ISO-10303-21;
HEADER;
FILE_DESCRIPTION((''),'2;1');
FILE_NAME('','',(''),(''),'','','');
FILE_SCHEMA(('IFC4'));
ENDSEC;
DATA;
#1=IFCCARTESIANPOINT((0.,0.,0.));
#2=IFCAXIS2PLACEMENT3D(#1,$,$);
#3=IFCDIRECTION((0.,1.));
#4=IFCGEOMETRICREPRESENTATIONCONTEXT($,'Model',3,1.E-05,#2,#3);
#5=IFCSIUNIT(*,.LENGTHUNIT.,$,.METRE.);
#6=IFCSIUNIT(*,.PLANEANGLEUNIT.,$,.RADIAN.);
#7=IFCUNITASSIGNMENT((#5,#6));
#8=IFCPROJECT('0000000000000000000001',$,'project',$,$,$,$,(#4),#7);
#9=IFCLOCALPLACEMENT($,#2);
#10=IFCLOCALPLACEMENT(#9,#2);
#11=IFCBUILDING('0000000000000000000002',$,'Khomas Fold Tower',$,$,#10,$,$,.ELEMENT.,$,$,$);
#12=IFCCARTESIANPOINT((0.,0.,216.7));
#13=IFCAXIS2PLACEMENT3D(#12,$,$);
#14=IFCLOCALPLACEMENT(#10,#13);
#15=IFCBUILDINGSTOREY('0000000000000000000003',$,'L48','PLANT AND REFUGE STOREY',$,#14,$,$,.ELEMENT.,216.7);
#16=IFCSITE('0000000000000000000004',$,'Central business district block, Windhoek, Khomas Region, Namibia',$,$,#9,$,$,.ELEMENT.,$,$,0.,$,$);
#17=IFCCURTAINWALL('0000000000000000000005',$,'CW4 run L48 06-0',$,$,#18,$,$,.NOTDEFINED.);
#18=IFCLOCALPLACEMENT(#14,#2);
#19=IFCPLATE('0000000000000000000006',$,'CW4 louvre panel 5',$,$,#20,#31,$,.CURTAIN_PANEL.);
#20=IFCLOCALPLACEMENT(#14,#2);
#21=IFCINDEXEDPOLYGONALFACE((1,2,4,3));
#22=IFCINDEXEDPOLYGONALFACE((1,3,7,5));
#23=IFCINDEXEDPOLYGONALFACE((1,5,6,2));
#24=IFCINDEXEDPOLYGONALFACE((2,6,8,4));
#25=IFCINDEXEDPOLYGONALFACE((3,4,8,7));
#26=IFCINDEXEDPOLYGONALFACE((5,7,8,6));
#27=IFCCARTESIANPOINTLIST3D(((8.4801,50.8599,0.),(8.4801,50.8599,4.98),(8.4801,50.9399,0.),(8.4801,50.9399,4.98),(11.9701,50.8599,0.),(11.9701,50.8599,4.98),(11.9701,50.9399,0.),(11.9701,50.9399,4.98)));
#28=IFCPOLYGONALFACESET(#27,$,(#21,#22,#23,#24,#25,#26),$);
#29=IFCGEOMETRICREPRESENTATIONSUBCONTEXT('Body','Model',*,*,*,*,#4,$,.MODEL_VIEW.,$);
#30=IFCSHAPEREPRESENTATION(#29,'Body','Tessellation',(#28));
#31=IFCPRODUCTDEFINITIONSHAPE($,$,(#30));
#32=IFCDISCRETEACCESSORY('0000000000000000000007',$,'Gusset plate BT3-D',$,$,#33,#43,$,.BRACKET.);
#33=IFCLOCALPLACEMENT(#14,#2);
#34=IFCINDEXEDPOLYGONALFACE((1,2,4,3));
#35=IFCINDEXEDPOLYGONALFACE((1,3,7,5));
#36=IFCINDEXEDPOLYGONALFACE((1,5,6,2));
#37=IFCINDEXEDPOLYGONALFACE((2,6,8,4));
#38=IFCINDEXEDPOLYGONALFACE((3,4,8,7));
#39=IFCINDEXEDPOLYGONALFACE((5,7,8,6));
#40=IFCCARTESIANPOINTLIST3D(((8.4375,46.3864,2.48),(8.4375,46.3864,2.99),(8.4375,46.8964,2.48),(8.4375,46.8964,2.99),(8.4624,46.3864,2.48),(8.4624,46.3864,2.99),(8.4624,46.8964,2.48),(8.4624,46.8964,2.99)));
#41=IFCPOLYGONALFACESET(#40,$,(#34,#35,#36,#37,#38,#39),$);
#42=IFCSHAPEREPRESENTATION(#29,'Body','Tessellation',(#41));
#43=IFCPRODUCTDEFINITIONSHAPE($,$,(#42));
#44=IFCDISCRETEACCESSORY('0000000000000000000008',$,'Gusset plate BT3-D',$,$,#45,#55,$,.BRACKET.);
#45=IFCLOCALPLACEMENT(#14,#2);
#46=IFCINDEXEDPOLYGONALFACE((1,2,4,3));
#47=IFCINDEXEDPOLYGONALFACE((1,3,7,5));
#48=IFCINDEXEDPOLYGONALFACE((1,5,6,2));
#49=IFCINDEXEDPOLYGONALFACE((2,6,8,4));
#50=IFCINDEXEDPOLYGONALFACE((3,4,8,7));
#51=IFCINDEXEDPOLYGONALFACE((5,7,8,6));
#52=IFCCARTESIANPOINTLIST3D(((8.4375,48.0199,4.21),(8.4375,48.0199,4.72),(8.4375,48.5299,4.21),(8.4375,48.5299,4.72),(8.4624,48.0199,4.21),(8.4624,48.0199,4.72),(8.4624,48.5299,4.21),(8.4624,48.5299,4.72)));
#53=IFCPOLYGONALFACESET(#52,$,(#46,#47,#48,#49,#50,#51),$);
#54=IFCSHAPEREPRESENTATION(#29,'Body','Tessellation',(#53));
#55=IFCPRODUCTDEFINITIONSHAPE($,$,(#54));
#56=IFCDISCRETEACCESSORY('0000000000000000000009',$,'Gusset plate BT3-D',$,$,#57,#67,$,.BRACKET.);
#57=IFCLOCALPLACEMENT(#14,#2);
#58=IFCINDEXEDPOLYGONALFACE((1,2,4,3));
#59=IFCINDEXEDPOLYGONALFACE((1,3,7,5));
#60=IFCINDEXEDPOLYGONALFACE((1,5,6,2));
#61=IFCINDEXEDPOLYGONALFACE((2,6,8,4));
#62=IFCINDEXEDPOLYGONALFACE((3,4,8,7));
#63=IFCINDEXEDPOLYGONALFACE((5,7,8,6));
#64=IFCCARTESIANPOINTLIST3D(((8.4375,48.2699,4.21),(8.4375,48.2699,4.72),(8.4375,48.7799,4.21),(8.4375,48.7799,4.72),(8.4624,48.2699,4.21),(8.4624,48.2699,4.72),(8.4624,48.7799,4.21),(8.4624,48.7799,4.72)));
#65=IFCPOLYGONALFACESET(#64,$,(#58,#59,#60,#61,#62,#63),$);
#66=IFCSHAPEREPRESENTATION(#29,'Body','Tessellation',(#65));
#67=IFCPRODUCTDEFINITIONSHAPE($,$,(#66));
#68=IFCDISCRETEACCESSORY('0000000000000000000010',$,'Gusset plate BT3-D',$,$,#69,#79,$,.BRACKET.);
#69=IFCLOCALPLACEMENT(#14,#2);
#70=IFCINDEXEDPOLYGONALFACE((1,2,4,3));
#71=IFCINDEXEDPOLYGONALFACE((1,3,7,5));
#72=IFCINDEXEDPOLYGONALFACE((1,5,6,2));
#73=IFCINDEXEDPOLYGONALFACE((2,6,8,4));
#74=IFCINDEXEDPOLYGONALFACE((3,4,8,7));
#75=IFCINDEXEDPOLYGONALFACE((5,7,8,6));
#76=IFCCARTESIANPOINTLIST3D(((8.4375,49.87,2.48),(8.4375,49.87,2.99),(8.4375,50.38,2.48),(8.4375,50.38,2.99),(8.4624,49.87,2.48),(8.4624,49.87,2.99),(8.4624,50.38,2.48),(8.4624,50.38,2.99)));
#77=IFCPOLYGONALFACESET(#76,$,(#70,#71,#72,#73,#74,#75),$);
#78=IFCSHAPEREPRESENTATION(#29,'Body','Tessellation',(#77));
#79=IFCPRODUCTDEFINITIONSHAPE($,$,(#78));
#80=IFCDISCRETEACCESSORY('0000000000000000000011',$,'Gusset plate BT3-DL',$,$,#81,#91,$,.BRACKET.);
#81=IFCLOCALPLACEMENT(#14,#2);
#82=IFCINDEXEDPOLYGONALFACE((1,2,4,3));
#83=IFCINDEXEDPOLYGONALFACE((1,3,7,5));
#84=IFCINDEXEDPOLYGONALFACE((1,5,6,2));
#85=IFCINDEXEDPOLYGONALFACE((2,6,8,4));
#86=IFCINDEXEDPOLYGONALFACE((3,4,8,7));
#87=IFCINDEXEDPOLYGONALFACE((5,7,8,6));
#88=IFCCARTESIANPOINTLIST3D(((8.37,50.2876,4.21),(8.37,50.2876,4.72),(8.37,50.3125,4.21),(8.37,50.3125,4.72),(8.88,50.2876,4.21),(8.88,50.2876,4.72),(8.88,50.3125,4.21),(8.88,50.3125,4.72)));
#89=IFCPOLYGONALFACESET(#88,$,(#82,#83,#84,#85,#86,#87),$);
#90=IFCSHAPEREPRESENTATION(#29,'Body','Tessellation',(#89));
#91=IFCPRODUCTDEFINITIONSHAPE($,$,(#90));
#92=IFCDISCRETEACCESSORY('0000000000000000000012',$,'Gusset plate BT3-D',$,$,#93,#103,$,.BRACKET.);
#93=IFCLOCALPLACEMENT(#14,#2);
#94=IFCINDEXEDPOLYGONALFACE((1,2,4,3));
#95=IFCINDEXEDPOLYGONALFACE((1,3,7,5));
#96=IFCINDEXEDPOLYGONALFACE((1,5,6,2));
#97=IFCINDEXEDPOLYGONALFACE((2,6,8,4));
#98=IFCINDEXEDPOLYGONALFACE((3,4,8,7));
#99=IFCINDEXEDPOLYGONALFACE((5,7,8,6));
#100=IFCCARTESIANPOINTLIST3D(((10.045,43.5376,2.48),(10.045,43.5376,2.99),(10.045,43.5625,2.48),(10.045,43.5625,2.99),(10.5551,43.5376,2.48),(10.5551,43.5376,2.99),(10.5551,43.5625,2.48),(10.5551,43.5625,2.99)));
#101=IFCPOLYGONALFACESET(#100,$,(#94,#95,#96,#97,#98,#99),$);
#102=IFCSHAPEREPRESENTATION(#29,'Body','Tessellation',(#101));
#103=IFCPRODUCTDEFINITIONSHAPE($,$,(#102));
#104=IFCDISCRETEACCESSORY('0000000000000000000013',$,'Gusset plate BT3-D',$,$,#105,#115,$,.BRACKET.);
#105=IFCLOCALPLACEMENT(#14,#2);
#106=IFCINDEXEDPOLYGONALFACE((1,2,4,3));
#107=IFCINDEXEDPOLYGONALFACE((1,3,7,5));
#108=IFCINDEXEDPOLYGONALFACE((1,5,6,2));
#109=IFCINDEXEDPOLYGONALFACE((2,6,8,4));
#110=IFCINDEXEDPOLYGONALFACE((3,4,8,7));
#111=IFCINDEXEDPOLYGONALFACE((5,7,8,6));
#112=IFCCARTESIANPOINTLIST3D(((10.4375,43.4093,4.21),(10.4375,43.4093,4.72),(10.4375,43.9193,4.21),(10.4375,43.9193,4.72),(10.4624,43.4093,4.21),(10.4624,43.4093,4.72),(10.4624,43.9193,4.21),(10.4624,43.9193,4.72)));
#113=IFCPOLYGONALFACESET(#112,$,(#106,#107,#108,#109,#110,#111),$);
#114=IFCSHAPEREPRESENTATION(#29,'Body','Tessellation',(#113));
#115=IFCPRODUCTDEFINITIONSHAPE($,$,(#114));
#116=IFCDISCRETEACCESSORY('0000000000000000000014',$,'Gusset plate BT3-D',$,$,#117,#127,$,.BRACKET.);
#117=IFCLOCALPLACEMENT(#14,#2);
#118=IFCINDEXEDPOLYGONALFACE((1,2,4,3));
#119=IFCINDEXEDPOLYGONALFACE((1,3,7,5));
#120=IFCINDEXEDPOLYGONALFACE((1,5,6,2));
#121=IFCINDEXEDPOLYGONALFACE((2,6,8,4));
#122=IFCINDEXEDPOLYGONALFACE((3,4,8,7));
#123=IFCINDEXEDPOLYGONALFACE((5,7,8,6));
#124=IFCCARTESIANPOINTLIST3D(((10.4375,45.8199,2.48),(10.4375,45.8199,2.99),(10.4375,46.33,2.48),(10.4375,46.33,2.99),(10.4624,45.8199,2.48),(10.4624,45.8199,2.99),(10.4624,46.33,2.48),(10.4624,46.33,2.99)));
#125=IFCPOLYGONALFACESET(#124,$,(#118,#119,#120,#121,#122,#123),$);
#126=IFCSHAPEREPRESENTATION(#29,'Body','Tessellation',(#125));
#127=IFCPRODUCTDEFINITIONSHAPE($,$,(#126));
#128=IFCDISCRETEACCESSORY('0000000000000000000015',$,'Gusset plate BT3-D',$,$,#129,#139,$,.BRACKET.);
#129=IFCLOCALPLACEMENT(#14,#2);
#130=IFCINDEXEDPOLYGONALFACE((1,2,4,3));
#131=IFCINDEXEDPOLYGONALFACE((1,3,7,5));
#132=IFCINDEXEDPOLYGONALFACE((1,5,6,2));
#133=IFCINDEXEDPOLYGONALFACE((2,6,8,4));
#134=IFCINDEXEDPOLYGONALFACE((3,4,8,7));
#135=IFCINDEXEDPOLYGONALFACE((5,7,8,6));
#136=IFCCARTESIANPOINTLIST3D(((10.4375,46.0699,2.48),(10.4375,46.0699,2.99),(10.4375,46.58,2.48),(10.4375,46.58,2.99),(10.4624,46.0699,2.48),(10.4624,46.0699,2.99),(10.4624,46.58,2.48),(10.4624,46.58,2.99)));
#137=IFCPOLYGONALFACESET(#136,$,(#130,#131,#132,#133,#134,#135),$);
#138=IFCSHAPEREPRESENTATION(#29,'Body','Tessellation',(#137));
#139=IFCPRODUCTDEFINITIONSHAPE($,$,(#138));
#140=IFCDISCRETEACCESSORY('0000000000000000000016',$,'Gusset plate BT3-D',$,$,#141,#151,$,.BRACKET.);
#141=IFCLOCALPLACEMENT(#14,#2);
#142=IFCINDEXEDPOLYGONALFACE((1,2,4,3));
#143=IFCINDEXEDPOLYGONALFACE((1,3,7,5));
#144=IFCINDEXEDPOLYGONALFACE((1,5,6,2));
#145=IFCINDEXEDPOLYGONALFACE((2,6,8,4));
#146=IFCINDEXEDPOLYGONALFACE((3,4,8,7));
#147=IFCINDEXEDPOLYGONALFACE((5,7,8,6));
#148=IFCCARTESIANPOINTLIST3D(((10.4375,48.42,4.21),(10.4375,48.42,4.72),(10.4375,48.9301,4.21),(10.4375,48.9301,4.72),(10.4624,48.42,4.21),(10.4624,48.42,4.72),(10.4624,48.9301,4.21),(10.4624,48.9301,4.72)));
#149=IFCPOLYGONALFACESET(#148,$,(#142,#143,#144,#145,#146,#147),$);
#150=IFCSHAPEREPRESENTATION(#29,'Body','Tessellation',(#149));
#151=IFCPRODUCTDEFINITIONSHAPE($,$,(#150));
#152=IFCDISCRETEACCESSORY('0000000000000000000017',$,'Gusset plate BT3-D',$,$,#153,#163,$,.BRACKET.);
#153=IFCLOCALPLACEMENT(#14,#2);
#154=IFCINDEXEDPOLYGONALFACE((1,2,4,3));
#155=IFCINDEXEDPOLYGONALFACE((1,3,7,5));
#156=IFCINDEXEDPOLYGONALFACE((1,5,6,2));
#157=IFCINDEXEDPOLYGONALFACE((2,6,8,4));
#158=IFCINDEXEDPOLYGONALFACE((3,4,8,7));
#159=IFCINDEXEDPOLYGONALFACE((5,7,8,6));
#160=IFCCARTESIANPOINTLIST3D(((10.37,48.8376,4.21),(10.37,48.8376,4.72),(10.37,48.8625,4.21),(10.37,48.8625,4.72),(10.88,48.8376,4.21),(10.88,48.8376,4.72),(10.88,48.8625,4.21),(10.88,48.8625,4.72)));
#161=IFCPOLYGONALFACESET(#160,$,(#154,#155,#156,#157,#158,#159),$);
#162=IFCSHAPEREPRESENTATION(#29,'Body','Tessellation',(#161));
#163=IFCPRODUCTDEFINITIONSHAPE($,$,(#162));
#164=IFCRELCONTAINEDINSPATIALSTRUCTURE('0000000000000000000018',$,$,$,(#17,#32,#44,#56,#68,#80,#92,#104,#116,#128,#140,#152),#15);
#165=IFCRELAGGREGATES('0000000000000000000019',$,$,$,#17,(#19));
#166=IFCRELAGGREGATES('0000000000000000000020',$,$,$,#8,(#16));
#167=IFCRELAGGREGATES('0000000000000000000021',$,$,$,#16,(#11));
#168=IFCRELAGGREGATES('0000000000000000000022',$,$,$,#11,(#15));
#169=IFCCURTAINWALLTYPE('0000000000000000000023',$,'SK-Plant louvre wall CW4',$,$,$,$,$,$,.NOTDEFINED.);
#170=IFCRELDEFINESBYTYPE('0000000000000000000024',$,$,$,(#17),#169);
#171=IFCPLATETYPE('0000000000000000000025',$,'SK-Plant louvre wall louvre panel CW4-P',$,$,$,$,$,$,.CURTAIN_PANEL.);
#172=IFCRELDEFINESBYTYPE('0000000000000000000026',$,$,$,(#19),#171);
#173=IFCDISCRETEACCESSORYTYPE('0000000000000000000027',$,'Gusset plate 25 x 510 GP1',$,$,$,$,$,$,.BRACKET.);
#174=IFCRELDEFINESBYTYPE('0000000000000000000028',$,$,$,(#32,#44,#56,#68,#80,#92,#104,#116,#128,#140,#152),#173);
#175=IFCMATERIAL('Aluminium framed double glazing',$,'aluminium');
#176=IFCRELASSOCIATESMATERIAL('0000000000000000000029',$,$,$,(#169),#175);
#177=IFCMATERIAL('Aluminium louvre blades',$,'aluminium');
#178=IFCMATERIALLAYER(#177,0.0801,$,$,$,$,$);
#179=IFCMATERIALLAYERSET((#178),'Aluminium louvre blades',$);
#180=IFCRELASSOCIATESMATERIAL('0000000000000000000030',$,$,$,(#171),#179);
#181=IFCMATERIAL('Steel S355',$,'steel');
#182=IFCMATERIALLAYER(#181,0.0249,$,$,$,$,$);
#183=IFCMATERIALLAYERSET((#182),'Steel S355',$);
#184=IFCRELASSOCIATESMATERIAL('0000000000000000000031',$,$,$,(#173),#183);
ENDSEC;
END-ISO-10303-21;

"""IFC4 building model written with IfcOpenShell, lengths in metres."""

from ifc_helpers import new_model, si_unit, direction, frame, origin, origin_2d, place, context, subcontext, project, spatial, rectangle, extrude, source, transform, mapped, material, layer, layer_set, type_object, element, aggregate, save


model = new_model("IFC4")

# Units and contexts
model_context = context("Model", 3, precision=1e-05, world=origin(), true_north=direction((0.0, 1.0)))
body_context = subcontext(model_context, "Body", "Model", "MODEL_VIEW")
ifc_project = project(units=[si_unit("LENGTHUNIT", "METRE"), si_unit("PLANEANGLEUNIT", "RADIAN")], contexts=[model_context])

# Site, building, storey
site_placement = place(None, origin())
site = spatial("IfcSite", under=ifc_project, at=site_placement, Name="Central business district block, Windhoek, Khomas Region, Namibia", CompositionType="ELEMENT", RefElevation=0.0)
building_placement = place(site_placement, origin())
building = spatial("IfcBuilding", under=site, at=building_placement, Name="Khomas Fold Tower", CompositionType="ELEMENT")
storey_placement = place(building_placement, frame((0.0, 0.0, 216.7)))
storey = spatial("IfcBuildingStorey", under=building, at=storey_placement, Name="L48", Description="PLANT AND REFUGE STOREY", CompositionType="ELEMENT", Elevation=216.7)

# Curtain wall, plate
ifc_material_1 = material(Name="Aluminium framed double glazing", Category="aluminium")
curtain_wall_type = type_object("IfcCurtainWallType", Name="SK-Plant louvre wall CW4", PredefinedType="NOTDEFINED", material=ifc_material_1)
curtain_wall_placement = place(storey_placement, origin())
curtain_wall = element("IfcCurtainWall", 1, at=curtain_wall_placement, inside=storey, type_object=curtain_wall_type, Name="CW4 run L48 06-0", PredefinedType="NOTDEFINED")
ifc_material_2 = material(Name="Aluminium louvre blades", Category="aluminium")
ifc_layer_1 = layer(ifc_material_2, 0.0801)
ifc_layer_set_1 = layer_set([ifc_layer_1], Name="Aluminium louvre blades")
plate_type = type_object("IfcPlateType", Name="SK-Plant louvre wall louvre panel CW4-P", PredefinedType="CURTAIN_PANEL", material=ifc_layer_set_1)
shared_shape_1 = source(origin(), body_context, "Body", "SweptSolid", [
    extrude(rectangle(XDim=3.49, YDim=0.0801, at=origin_2d()), origin(), (0.0, 0.0, 1.0), 4.98),
])
plate_placement = place(storey_placement, frame((10.2251, 50.8999, 0.0), z_axis=(0.0, 0.0, 1.0), x_axis=(-1.0, 0.0, 0.0)))
plate = element("IfcPlate", 2, at=plate_placement, type_object=plate_type, Name="CW4 louvre panel 5", PredefinedType="CURTAIN_PANEL", context=body_context, shape_type="MappedRepresentation", body=[
    mapped(shared_shape_1, transform((0.0, 0.0, 0.0))),
])
aggregate(curtain_wall, [plate])

# Discrete accessories
ifc_material_3 = material(Name="Steel S355", Category="steel")
ifc_layer_2 = layer(ifc_material_3, 0.0249)
ifc_layer_set_2 = layer_set([ifc_layer_2], Name="Steel S355")
discrete_accessory_type = type_object("IfcDiscreteAccessoryType", Name="Gusset plate 25 x 510 GP1", PredefinedType="BRACKET", material=ifc_layer_set_2)
shared_shape_2 = source(origin(), body_context, "Body", "SweptSolid", [
    extrude(rectangle(XDim=0.51, YDim=0.0249, at=origin_2d()), origin(), (0.0, 0.0, 1.0), 0.51),
])
for number, where, z_axis, x_axis, name in (
    (3, (8.45, 46.6414, 2.48), (0.0, 0.0, 1.0), (0.0, 1.0, 0.0), "Gusset plate BT3-D"),
    (4, (8.45, 48.2749, 4.21), (0.0, 0.0, 1.0), (0.0, 1.0, 0.0), "Gusset plate BT3-D"),
    (5, (8.45, 48.5249, 4.21), (0.0, 0.0, 1.0), (0.0, 1.0, 0.0), "Gusset plate BT3-D"),
    (6, (8.45, 50.125, 2.48), (0.0, 0.0, 1.0), (0.0, 1.0, 0.0), "Gusset plate BT3-D"),
    (7, (8.625, 50.3, 4.21), (0.0, 0.0, 1.0), (1.0, 0.0, 0.0), "Gusset plate BT3-DL"),
    (8, (10.3, 43.55, 2.48), (0.0, 0.0, 1.0), (1.0, 0.0, 0.0), "Gusset plate BT3-D"),
    (9, (10.45, 43.6643, 4.21), (0.0, 0.0, 1.0), (0.0, 1.0, 0.0), "Gusset plate BT3-D"),
    (10, (10.45, 46.075, 2.48), (0.0, 0.0, 1.0), (0.0, 1.0, 0.0), "Gusset plate BT3-D"),
    (11, (10.45, 46.325, 2.48), (0.0, 0.0, 1.0), (0.0, 1.0, 0.0), "Gusset plate BT3-D"),
    (12, (10.45, 48.675, 4.21), (0.0, 0.0, 1.0), (0.0, 1.0, 0.0), "Gusset plate BT3-D"),
    (13, (10.625, 48.8501, 4.21), (0.0, 0.0, 1.0), (1.0, 0.0, 0.0), "Gusset plate BT3-D"),
):
    element("IfcDiscreteAccessory", number, at=place(storey_placement, frame(where, z_axis=z_axis, x_axis=x_axis)), inside=storey, type_object=discrete_accessory_type, Name=name, PredefinedType="BRACKET", context=body_context, shape_type="MappedRepresentation", body=[
        mapped(shared_shape_2, transform((0.0, 0.0, 0.0))),
    ])

save(model, "model.ifc")
